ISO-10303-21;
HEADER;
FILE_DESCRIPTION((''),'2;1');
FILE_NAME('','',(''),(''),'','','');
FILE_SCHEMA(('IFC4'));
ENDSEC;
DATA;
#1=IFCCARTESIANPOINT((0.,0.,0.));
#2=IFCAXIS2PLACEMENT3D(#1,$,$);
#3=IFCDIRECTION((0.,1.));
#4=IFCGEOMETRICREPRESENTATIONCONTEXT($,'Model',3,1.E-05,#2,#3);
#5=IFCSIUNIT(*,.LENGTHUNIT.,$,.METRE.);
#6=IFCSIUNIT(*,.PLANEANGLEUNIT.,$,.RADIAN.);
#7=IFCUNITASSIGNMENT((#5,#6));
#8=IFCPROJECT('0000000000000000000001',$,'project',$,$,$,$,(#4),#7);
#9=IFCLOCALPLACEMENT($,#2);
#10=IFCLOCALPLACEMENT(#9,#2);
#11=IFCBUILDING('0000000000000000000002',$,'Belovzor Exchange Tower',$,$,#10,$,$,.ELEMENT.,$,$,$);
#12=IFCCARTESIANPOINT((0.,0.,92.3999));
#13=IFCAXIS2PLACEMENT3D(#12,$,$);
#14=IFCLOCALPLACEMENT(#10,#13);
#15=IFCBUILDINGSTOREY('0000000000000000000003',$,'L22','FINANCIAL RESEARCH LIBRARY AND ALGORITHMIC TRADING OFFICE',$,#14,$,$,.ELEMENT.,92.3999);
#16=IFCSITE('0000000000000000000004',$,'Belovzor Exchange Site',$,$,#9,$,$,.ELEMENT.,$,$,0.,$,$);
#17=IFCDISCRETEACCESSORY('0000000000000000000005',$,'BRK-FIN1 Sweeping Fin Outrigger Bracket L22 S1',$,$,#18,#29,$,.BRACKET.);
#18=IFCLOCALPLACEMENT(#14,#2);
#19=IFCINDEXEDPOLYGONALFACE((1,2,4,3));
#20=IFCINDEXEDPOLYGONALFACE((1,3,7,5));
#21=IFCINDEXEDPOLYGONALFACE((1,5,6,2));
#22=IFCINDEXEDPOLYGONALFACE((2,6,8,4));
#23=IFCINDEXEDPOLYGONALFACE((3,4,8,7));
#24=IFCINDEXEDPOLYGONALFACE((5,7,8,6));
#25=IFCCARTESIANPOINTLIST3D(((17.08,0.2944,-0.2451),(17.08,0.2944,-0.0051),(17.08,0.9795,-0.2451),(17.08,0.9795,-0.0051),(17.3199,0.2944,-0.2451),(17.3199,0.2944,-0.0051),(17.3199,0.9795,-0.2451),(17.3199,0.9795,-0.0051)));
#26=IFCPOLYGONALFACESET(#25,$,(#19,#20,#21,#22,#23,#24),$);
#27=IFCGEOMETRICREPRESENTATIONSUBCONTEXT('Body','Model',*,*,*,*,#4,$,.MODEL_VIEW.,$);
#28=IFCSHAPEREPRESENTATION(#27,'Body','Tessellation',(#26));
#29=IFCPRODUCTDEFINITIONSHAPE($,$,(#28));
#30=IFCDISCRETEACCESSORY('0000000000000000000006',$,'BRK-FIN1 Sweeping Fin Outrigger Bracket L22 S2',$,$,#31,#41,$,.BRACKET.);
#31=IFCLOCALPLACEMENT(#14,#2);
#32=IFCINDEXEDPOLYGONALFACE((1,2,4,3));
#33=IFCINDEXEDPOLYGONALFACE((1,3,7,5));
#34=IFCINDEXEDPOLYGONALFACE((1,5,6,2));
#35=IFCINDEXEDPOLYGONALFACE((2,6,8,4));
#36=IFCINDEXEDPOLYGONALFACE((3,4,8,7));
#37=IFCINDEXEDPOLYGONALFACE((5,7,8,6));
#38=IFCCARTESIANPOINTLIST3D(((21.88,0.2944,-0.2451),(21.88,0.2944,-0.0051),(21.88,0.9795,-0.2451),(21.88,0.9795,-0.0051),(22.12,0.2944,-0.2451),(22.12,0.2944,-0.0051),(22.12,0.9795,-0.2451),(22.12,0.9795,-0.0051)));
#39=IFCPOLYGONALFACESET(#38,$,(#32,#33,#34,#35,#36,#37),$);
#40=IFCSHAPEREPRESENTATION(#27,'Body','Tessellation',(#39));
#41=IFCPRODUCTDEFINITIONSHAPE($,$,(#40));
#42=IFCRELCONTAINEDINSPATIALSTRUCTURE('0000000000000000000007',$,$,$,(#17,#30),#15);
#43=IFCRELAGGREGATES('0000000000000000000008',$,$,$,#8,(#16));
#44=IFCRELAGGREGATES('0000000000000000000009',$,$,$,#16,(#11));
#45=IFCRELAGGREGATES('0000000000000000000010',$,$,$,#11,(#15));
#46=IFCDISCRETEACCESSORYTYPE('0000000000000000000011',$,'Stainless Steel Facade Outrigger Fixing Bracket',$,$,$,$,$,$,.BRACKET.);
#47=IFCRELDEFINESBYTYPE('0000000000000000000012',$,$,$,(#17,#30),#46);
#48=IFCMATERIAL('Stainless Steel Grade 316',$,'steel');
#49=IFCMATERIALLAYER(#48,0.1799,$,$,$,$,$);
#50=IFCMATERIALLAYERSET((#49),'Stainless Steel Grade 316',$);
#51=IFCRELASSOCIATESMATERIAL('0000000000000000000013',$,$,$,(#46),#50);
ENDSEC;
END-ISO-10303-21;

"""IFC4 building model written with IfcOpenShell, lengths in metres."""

from ifc_helpers import new_model, si_unit, direction, frame, origin, origin_2d, place, context, subcontext, project, spatial, rectangle, extrude, material, layer, layer_set, type_object, element, save


model = new_model("IFC4")

# Units and contexts
model_context = context("Model", 3, precision=1e-05, world=origin(), true_north=direction((0.0, 1.0)))
body_context = subcontext(model_context, "Body", "Model", "MODEL_VIEW")
ifc_project = project(units=[si_unit("LENGTHUNIT", "METRE"), si_unit("PLANEANGLEUNIT", "RADIAN")], contexts=[model_context])

# Site, building, storey
site_placement = place(None, origin())
site = spatial("IfcSite", under=ifc_project, at=site_placement, Name="Belovzor Exchange Site", CompositionType="ELEMENT", RefElevation=0.0)
building_placement = place(site_placement, origin())
building = spatial("IfcBuilding", under=site, at=building_placement, Name="Belovzor Exchange Tower", CompositionType="ELEMENT")
storey_placement = place(building_placement, frame((0.0, 0.0, 92.3999)))
storey = spatial("IfcBuildingStorey", under=building, at=storey_placement, Name="L22", Description="FINANCIAL RESEARCH LIBRARY AND ALGORITHMIC TRADING OFFICE", CompositionType="ELEMENT", Elevation=92.3999)

# Discrete accessories
ifc_material_1 = material(Name="Stainless Steel Grade 316", Category="steel")
ifc_layer_1 = layer(ifc_material_1, 0.1799)
ifc_layer_set_1 = layer_set([ifc_layer_1], Name="Stainless Steel Grade 316")
discrete_accessory_type = type_object("IfcDiscreteAccessoryType", Name="Stainless Steel Facade Outrigger Fixing Bracket", PredefinedType="BRACKET", material=ifc_layer_set_1)
for number, where, z_axis, x_axis, name in (
    (1, (17.2, 0.637, -0.2451), (0.0, 0.0, 1.0), (0.0, 1.0, 0.0), "BRK-FIN1 Sweeping Fin Outrigger Bracket L22 S1"),
    (2, (22.0, 0.637, -0.2451), (0.0, 0.0, 1.0), (0.0, 1.0, 0.0), "BRK-FIN1 Sweeping Fin Outrigger Bracket L22 S2"),
):
    element("IfcDiscreteAccessory", number, at=place(storey_placement, frame(where, z_axis=z_axis, x_axis=x_axis)), inside=storey, type_object=discrete_accessory_type, Name=name, PredefinedType="BRACKET", context=body_context, shape_type="SweptSolid", body=[
        extrude(rectangle(XDim=0.6851, YDim=0.24, at=origin_2d()), origin(), (0.0, 0.0, 1.0), 0.24),
    ])

save(model, "model.ifc")
